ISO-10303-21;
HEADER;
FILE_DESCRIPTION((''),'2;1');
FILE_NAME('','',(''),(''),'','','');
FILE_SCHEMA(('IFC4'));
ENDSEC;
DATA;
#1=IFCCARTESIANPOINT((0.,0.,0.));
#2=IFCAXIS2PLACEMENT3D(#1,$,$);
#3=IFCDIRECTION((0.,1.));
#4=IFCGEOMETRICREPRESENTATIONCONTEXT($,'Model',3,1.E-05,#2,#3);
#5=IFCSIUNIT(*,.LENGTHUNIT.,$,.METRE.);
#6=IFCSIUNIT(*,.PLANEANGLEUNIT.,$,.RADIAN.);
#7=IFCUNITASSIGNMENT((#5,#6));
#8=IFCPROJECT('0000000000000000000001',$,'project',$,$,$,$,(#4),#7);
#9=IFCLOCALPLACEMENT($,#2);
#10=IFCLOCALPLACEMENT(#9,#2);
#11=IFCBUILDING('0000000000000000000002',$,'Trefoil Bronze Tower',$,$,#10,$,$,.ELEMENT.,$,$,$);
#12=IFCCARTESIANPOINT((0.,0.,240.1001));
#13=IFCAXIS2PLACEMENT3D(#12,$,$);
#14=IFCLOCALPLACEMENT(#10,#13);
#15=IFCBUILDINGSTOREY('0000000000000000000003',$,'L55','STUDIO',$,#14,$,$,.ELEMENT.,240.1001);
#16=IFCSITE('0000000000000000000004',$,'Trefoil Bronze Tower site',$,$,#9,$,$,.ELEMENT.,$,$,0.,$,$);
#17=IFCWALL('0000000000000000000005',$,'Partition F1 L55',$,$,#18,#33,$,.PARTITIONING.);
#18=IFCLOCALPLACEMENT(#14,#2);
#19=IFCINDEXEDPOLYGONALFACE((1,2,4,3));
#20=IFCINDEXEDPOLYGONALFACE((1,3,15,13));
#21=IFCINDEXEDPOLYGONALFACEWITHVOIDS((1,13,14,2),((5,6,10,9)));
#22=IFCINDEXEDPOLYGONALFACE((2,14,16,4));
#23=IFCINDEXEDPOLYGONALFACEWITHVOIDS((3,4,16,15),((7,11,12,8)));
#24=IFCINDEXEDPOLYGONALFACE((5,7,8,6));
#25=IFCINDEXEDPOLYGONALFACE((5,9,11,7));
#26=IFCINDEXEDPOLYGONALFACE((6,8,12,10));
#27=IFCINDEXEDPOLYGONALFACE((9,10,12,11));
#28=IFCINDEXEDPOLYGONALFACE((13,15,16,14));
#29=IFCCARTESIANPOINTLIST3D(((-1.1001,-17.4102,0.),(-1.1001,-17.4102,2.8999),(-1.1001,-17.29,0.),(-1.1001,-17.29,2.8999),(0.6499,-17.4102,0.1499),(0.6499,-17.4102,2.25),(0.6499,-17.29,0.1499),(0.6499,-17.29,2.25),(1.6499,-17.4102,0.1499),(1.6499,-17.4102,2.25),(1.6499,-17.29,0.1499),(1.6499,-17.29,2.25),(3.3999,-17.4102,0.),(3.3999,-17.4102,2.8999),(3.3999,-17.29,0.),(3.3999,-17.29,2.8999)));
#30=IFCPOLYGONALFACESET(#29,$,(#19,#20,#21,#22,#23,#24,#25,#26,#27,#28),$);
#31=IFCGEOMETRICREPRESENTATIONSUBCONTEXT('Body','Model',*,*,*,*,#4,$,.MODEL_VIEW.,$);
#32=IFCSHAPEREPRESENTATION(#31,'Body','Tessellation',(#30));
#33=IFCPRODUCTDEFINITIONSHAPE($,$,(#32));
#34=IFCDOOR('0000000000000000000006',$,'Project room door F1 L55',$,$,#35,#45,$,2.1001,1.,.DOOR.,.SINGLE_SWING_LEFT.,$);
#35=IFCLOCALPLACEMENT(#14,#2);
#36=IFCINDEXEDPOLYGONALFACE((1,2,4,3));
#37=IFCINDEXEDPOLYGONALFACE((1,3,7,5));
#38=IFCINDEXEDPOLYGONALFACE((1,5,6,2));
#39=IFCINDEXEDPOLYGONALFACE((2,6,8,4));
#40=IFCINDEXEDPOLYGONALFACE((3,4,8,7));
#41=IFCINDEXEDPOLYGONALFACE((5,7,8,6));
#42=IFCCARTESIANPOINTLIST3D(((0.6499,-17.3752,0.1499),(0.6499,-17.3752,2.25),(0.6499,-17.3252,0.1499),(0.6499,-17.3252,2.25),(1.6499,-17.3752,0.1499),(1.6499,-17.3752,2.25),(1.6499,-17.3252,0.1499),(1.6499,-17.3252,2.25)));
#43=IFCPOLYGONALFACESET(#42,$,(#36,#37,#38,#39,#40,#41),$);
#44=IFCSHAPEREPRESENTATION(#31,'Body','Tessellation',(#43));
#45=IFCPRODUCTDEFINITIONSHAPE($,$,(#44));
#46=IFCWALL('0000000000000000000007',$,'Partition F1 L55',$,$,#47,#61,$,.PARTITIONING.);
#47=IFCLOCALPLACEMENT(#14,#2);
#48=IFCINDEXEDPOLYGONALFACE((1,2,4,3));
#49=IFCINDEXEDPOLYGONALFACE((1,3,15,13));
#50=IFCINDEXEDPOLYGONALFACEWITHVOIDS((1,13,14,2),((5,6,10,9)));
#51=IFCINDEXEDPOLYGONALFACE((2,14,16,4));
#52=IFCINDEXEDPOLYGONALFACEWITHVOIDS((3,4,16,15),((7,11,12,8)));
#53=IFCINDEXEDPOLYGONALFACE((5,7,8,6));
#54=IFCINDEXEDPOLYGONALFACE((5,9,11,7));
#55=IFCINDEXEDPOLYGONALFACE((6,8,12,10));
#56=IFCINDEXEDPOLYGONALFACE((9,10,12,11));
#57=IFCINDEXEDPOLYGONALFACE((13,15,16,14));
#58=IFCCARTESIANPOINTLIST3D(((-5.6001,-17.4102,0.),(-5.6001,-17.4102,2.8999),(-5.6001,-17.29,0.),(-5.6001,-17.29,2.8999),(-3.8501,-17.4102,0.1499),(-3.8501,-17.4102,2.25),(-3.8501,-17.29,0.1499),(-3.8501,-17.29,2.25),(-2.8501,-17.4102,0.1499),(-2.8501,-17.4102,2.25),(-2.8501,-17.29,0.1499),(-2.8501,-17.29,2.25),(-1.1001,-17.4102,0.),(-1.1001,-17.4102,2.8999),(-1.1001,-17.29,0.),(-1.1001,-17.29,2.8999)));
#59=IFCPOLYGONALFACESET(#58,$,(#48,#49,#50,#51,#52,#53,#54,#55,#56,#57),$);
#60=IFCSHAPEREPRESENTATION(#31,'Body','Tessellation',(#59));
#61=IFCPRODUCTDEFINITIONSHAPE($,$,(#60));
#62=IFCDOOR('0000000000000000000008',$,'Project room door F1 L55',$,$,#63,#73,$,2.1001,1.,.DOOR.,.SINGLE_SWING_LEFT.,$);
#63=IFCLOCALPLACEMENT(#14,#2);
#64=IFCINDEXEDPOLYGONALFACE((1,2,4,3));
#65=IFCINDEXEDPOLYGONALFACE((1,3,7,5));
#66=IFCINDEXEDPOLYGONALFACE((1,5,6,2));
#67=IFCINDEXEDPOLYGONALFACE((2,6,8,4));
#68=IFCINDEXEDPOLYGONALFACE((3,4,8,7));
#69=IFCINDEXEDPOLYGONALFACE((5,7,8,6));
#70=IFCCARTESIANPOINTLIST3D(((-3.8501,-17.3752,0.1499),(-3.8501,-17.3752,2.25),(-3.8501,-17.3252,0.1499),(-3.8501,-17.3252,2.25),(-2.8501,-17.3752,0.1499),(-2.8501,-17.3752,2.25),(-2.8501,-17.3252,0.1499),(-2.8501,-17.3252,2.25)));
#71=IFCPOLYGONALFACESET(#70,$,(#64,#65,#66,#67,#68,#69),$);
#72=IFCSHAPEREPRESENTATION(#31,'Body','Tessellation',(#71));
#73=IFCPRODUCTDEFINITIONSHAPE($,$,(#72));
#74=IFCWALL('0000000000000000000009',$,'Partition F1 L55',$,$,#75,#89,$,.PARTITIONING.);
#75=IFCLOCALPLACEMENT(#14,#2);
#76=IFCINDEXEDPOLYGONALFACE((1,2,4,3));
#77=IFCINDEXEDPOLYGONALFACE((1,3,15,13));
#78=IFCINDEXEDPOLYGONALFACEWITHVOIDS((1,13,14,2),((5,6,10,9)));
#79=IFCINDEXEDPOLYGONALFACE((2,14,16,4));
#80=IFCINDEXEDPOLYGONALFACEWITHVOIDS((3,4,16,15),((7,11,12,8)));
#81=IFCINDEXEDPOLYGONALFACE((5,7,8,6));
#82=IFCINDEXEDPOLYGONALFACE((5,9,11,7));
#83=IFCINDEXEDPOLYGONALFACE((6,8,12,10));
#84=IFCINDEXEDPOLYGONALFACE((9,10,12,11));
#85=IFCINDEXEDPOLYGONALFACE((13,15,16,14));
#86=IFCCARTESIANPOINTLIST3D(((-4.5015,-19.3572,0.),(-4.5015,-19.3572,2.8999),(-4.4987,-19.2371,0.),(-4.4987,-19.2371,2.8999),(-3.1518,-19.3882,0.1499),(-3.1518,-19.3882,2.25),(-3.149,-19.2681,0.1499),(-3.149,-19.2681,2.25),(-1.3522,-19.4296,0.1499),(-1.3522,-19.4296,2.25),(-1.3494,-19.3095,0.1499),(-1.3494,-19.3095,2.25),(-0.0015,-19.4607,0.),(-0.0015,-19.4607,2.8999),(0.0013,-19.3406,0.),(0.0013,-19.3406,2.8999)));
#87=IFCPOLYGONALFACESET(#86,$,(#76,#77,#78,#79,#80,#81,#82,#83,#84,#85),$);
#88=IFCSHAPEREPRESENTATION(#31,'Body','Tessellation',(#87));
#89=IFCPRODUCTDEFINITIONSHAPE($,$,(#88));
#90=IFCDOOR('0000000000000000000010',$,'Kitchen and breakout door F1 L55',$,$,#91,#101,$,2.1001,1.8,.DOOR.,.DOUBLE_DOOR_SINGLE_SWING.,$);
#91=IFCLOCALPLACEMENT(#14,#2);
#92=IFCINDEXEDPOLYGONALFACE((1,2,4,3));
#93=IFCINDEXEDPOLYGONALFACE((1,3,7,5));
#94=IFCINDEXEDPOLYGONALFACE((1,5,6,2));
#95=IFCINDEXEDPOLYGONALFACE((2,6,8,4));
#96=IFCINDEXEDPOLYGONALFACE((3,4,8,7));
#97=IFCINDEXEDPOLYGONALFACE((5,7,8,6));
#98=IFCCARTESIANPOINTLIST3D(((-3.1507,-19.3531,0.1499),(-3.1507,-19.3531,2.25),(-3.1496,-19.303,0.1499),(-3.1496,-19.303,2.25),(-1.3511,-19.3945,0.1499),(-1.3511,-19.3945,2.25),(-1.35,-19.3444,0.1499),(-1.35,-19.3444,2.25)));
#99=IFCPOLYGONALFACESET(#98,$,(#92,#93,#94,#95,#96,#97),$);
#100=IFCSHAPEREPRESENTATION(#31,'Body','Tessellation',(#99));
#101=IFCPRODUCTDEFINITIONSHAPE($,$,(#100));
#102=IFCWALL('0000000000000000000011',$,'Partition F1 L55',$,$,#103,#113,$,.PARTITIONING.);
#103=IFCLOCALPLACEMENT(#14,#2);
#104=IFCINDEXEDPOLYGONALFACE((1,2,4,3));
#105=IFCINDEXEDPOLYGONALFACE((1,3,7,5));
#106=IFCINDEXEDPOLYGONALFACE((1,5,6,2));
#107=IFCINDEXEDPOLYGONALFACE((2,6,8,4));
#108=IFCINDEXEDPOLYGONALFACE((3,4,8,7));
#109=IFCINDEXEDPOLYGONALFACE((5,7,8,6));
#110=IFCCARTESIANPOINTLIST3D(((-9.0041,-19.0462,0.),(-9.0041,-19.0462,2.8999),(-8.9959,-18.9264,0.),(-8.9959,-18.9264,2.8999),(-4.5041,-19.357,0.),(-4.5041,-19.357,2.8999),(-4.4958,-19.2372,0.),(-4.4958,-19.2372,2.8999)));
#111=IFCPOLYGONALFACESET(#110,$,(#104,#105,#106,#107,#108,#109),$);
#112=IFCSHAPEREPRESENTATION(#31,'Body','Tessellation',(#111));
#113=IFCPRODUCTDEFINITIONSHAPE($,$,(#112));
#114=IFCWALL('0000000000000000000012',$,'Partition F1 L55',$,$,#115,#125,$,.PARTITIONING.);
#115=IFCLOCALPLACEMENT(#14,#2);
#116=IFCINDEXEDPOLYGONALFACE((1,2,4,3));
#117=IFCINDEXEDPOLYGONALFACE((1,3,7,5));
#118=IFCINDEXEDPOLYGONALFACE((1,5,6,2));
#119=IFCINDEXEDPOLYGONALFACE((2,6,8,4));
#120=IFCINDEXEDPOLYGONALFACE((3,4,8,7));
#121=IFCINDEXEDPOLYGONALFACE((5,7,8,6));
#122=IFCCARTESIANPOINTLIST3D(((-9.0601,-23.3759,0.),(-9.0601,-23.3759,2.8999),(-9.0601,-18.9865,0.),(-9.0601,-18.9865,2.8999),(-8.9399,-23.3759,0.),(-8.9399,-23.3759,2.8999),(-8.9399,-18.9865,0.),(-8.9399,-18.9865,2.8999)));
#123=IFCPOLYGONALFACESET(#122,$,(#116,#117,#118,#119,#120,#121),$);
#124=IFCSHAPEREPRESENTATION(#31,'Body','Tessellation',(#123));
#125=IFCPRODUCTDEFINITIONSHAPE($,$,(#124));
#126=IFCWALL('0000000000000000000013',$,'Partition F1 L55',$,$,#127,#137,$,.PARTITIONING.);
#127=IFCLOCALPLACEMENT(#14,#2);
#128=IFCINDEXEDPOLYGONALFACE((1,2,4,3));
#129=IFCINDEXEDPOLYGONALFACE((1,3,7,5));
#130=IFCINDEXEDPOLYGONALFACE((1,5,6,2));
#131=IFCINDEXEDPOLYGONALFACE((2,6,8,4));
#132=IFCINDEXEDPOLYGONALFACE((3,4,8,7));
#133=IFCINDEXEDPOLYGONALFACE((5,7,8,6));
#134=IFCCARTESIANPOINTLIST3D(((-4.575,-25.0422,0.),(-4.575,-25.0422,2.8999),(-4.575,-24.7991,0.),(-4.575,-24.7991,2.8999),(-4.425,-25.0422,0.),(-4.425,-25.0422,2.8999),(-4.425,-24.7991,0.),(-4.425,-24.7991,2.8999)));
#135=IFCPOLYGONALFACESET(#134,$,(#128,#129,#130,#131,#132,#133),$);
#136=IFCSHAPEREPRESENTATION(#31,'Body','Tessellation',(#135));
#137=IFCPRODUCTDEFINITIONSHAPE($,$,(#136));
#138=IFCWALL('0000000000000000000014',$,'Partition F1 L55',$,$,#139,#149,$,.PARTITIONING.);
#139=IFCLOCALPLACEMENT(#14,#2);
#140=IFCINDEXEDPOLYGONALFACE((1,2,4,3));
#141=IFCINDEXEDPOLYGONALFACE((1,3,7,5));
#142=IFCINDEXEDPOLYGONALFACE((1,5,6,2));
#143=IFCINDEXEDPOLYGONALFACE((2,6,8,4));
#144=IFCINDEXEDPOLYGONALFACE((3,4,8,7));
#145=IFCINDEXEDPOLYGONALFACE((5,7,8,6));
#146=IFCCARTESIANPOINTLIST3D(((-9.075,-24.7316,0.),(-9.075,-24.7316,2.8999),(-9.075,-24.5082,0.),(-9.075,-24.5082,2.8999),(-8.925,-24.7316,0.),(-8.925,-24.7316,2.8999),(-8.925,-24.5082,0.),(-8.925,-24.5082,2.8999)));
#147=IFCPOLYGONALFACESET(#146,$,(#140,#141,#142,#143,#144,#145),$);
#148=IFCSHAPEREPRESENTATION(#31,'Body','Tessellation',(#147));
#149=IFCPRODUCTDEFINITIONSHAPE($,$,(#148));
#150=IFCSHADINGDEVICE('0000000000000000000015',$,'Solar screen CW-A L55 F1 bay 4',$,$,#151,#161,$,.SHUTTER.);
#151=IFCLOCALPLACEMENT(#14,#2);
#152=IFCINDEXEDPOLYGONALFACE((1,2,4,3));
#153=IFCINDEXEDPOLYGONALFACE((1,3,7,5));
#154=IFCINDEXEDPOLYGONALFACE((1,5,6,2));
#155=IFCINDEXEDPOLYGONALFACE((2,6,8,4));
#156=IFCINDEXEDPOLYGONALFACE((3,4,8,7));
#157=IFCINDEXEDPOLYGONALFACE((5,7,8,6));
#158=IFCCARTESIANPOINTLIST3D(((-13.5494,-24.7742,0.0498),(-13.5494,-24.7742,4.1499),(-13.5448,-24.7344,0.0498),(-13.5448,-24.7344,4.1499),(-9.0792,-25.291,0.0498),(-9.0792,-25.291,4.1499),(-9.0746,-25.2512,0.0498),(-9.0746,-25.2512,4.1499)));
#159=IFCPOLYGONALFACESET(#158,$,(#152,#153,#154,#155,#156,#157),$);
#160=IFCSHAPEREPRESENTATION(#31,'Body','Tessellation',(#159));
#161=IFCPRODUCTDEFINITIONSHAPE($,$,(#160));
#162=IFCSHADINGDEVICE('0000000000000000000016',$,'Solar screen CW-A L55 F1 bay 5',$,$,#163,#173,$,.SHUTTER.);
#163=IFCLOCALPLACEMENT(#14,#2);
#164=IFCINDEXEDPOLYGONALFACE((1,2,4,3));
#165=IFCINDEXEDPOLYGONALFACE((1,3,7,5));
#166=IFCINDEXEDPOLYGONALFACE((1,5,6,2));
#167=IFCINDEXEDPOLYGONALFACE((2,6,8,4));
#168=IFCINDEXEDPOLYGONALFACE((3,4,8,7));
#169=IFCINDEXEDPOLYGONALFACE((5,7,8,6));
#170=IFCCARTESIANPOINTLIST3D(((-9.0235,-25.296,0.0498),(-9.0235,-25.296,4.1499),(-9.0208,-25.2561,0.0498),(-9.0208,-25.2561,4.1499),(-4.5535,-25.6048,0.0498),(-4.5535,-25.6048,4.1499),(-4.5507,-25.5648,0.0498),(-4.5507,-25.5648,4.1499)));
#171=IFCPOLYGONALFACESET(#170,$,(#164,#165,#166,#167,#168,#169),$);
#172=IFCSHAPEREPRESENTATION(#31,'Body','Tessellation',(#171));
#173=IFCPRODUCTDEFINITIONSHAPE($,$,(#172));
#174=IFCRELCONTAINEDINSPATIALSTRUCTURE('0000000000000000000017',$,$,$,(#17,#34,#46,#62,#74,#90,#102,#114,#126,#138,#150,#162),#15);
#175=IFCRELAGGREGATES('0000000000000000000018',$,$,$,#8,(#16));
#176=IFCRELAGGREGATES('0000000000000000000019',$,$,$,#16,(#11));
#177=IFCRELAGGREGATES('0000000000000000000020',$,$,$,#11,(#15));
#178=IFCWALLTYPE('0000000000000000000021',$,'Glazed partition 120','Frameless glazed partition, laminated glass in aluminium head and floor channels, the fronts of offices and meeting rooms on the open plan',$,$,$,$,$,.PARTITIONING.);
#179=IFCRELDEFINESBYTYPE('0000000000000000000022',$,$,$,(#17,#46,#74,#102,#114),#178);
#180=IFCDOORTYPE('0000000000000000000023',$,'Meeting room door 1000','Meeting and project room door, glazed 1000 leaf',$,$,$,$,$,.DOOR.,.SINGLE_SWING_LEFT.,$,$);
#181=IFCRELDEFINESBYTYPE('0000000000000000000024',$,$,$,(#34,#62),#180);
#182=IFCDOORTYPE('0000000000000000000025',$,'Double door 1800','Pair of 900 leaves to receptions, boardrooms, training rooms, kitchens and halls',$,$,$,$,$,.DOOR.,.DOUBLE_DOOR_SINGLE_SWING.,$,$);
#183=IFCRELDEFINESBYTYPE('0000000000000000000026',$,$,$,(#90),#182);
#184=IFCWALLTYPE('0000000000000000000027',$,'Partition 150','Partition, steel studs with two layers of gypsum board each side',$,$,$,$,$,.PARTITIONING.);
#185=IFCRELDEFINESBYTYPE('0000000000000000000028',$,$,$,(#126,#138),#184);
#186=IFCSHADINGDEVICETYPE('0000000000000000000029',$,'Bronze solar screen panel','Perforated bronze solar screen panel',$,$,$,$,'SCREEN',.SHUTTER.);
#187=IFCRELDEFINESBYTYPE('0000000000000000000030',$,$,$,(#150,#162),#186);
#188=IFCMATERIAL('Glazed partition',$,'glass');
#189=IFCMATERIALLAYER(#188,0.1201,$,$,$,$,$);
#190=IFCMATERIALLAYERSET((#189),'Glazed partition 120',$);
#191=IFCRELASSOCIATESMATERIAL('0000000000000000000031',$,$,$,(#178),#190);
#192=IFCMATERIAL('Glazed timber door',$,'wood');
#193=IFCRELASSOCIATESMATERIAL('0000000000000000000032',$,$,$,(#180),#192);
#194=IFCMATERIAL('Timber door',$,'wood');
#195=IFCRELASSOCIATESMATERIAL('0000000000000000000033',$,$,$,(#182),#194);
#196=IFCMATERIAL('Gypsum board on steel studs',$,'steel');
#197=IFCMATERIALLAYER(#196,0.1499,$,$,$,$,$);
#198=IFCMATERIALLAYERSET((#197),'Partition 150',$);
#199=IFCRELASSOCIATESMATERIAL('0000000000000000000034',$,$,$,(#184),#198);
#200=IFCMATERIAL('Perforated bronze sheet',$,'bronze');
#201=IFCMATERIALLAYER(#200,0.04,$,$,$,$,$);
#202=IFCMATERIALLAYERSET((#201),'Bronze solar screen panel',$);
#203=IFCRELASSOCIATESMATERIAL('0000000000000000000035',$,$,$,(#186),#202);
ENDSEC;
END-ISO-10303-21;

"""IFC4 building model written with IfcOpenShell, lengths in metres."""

from ifc_helpers import new_model, si_unit, direction, frame, frame_2d, origin, origin_2d, place, context, subcontext, project, spatial, rectangle, extrude, material, layer, layer_set, type_object, element, fill, save


model = new_model("IFC4")

# Units and contexts
model_context = context("Model", 3, precision=1e-05, world=origin(), true_north=direction((0.0, 1.0)))
body_context = subcontext(model_context, "Body", "Model", "MODEL_VIEW")
ifc_project = project(units=[si_unit("LENGTHUNIT", "METRE"), si_unit("PLANEANGLEUNIT", "RADIAN")], contexts=[model_context])

# Site, building, storey
site_placement = place(None, origin())
site = spatial("IfcSite", under=ifc_project, at=site_placement, Name="Trefoil Bronze Tower site", CompositionType="ELEMENT", RefElevation=0.0)
building_placement = place(site_placement, origin())
building = spatial("IfcBuilding", under=site, at=building_placement, Name="Trefoil Bronze Tower", CompositionType="ELEMENT")
storey_placement = place(building_placement, frame((0.0, 0.0, 240.1001)))
storey = spatial("IfcBuildingStorey", under=building, at=storey_placement, Name="L55", Description="STUDIO", CompositionType="ELEMENT", Elevation=240.1001)

# Walls, openings, doors
ifc_material_1 = material(Name="Glazed partition", Category="glass")
ifc_layer_1 = layer(ifc_material_1, 0.1201)
ifc_layer_set_1 = layer_set([ifc_layer_1], Name="Glazed partition 120")
wall_type_1 = type_object("IfcWallType", Name="Glazed partition 120", Description="Frameless glazed partition, laminated glass in aluminium head and floor channels, the fronts of offices and meeting rooms on the open plan", PredefinedType="PARTITIONING", material=ifc_layer_set_1)
wall_1_placement = place(storey_placement, frame((-1.1001, -17.3501, 0.0), z_axis=(0.0, 0.0, 1.0), x_axis=(1.0, 0.0, 0.0)))
wall_1 = element("IfcWall", 1, at=wall_1_placement, inside=storey, type_object=wall_type_1, Name="Partition F1 L55", PredefinedType="PARTITIONING", context=body_context, shape_type="SweptSolid", body=[
    extrude(rectangle(XDim=4.5, YDim=0.1201, at=frame_2d((2.25, 0.0))), origin(), (0.0, 0.0, 1.0), 2.8999),
])
opening_1_placement = place(wall_1_placement, frame((1.75, 0.0, 0.1499)))
opening_1 = element("IfcOpeningElement", 2, at=opening_1_placement, cuts=wall_1, PredefinedType="OPENING", context=body_context, shape_type="SweptSolid", body=[
    extrude(rectangle(XDim=1.0, YDim=2.1001, at=frame_2d((0.5, 1.05))), frame((0.0, 0.0701, 0.0), z_axis=(0.0, -1.0, 0.0), x_axis=(1.0, 0.0, 0.0)), (0.0, 0.0, 1.0), 0.1401),
])
ifc_material_2 = material(Name="Glazed timber door", Category="wood")
door_type_1 = type_object("IfcDoorType", Name="Meeting room door 1000", Description="Meeting and project room door, glazed 1000 leaf", OperationType="SINGLE_SWING_LEFT", PredefinedType="DOOR", material=ifc_material_2)
door_1_placement = place(opening_1_placement, origin())
door_1 = element("IfcDoor", 3, at=door_1_placement, inside=storey, type_object=door_type_1, Name="Project room door F1 L55", OperationType="SINGLE_SWING_LEFT", OverallHeight=2.1001, OverallWidth=1.0, PredefinedType="DOOR", context=body_context, shape_type="SweptSolid", body=[
    extrude(rectangle(XDim=1.0, YDim=2.1001, at=frame_2d((0.5, 1.05))), frame((0.0, 0.0249, 0.0), z_axis=(0.0, -1.0, 0.0), x_axis=(1.0, 0.0, 0.0)), (0.0, 0.0, 1.0), 0.05),
])
fill(opening_1, door_1)
wall_2_placement = place(storey_placement, frame((-5.6001, -17.3501, 0.0), z_axis=(0.0, 0.0, 1.0), x_axis=(1.0, 0.0, 0.0)))
wall_2 = element("IfcWall", 4, at=wall_2_placement, inside=storey, type_object=wall_type_1, Name="Partition F1 L55", PredefinedType="PARTITIONING", context=body_context, shape_type="SweptSolid", body=[
    extrude(rectangle(XDim=4.5, YDim=0.1201, at=frame_2d((2.25, 0.0))), origin(), (0.0, 0.0, 1.0), 2.8999),
])
opening_2_placement = place(wall_2_placement, frame((1.75, 0.0, 0.1499)))
opening_2 = element("IfcOpeningElement", 5, at=opening_2_placement, cuts=wall_2, PredefinedType="OPENING", context=body_context, shape_type="SweptSolid", body=[
    extrude(rectangle(XDim=1.0, YDim=2.1001, at=frame_2d((0.5, 1.05))), frame((0.0, 0.0701, 0.0), z_axis=(0.0, -1.0, 0.0), x_axis=(1.0, 0.0, 0.0)), (0.0, 0.0, 1.0), 0.1401),
])
door_2_placement = place(opening_2_placement, origin())
door_2 = element("IfcDoor", 6, at=door_2_placement, inside=storey, type_object=door_type_1, Name="Project room door F1 L55", OperationType="SINGLE_SWING_LEFT", OverallHeight=2.1001, OverallWidth=1.0, PredefinedType="DOOR", context=body_context, shape_type="SweptSolid", body=[
    extrude(rectangle(XDim=1.0, YDim=2.1001, at=frame_2d((0.5, 1.05))), frame((0.0, 0.0249, 0.0), z_axis=(0.0, -1.0, 0.0), x_axis=(1.0, 0.0, 0.0)), (0.0, 0.0, 1.0), 0.05),
])
fill(opening_2, door_2)
wall_3_placement = place(storey_placement, frame((-4.5, -19.2971, 0.0), z_axis=(0.0, 0.0, 1.0), x_axis=(0.999736, -0.022997, 0.0)))
wall_3 = element("IfcWall", 7, at=wall_3_placement, inside=storey, type_object=wall_type_1, Name="Partition F1 L55", PredefinedType="PARTITIONING", context=body_context, shape_type="SweptSolid", body=[
    extrude(rectangle(XDim=4.5012, YDim=0.1201, at=frame_2d((2.2505, 0.0))), origin(), (0.0, 0.0, 1.0), 2.8999),
])
opening_3_placement = place(wall_3_placement, frame((1.3501, 0.0, 0.1499)))
opening_3 = element("IfcOpeningElement", 8, at=opening_3_placement, cuts=wall_3, PredefinedType="OPENING", context=body_context, shape_type="SweptSolid", body=[
    extrude(rectangle(XDim=1.8, YDim=2.1001, at=frame_2d((0.8999, 1.05))), frame((0.0, 0.0701, 0.0), z_axis=(0.0, -1.0, 0.0), x_axis=(1.0, 0.0, 0.0)), (0.0, 0.0, 1.0), 0.1401),
])
ifc_material_3 = material(Name="Timber door", Category="wood")
door_type_2 = type_object("IfcDoorType", Name="Double door 1800", Description="Pair of 900 leaves to receptions, boardrooms, training rooms, kitchens and halls", OperationType="DOUBLE_DOOR_SINGLE_SWING", PredefinedType="DOOR", material=ifc_material_3)
door_3_placement = place(opening_3_placement, frame((1.8, 0.0, 0.0), z_axis=(0.0, 0.0, 1.0), x_axis=(-1.0, 0.0, 0.0)))
door_3 = element("IfcDoor", 9, at=door_3_placement, inside=storey, type_object=door_type_2, Name="Kitchen and breakout door F1 L55", OperationType="DOUBLE_DOOR_SINGLE_SWING", OverallHeight=2.1001, OverallWidth=1.8, PredefinedType="DOOR", context=body_context, shape_type="SweptSolid", body=[
    extrude(rectangle(XDim=1.8, YDim=2.1001, at=frame_2d((0.8999, 1.05))), frame((0.0, 0.0249, 0.0), z_axis=(0.0, -1.0, 0.0), x_axis=(1.0, 0.0, 0.0)), (0.0, 0.0, 1.0), 0.05),
])
fill(opening_3, door_3)

# Walls
wall_4_placement = place(storey_placement, frame((-9.0, -18.9863, 0.0), z_axis=(0.0, 0.0, 1.0), x_axis=(0.997624, -0.068901, 0.0)))
element("IfcWall", 10, at=wall_4_placement, inside=storey, type_object=wall_type_1, Name="Partition F1 L55", PredefinedType="PARTITIONING", context=body_context, shape_type="SweptSolid", body=[
    extrude(rectangle(XDim=4.5107, YDim=0.1201, at=frame_2d((2.2554, 0.0))), origin(), (0.0, 0.0, 1.0), 2.8999),
])
wall_5_placement = place(storey_placement, frame((-9.0, -18.9863, 0.0), z_axis=(0.0, 0.0, 1.0), x_axis=(0.0, -1.0, 0.0)))
element("IfcWall", 11, at=wall_5_placement, inside=storey, type_object=wall_type_1, Name="Partition F1 L55", PredefinedType="PARTITIONING", context=body_context, shape_type="SweptSolid", body=[
    extrude(rectangle(XDim=4.3894, YDim=0.1201, at=frame_2d((2.1948, 0.0))), origin(), (0.0, 0.0, 1.0), 2.8999),
])
ifc_material_4 = material(Name="Gypsum board on steel studs", Category="steel")
ifc_layer_2 = layer(ifc_material_4, 0.1499)
ifc_layer_set_2 = layer_set([ifc_layer_2], Name="Partition 150")
wall_type_2 = type_object("IfcWallType", Name="Partition 150", Description="Partition, steel studs with two layers of gypsum board each side", PredefinedType="PARTITIONING", material=ifc_layer_set_2)
wall_6_placement = place(storey_placement, frame((-4.5, -24.7991, 0.0), z_axis=(0.0, 0.0, 1.0), x_axis=(0.0, -1.0, 0.0)))
element("IfcWall", 12, at=wall_6_placement, inside=storey, type_object=wall_type_2, Name="Partition F1 L55", PredefinedType="PARTITIONING", context=body_context, shape_type="SweptSolid", body=[
    extrude(rectangle(XDim=0.2432, YDim=0.1499, at=frame_2d((0.1216, 0.0))), origin(), (0.0, 0.0, 1.0), 2.8999),
])
wall_7_placement = place(storey_placement, frame((-9.0, -24.5081, 0.0), z_axis=(0.0, 0.0, 1.0), x_axis=(0.0, -1.0, 0.0)))
element("IfcWall", 13, at=wall_7_placement, inside=storey, type_object=wall_type_2, Name="Partition F1 L55", PredefinedType="PARTITIONING", context=body_context, shape_type="SweptSolid", body=[
    extrude(rectangle(XDim=0.2234, YDim=0.1499, at=frame_2d((0.1118, 0.0))), origin(), (0.0, 0.0, 1.0), 2.8999),
])

# Shading devices
ifc_material_5 = material(Name="Perforated bronze sheet", Category="bronze")
ifc_layer_3 = layer(ifc_material_5, 0.04)
ifc_layer_set_3 = layer_set([ifc_layer_3], Name="Bronze solar screen panel")
shading_device_type = type_object("IfcShadingDeviceType", Name="Bronze solar screen panel", Description="Perforated bronze solar screen panel", ElementType="SCREEN", PredefinedType="SHUTTER", material=ifc_layer_set_3)
shading_device_1_placement = place(storey_placement, frame((-11.312, -25.0127, 0.0498), z_axis=(0.0, 0.0, 1.0), x_axis=(0.993382, -0.114859, 0.0)))
element("IfcShadingDevice", 14, at=shading_device_1_placement, inside=storey, type_object=shading_device_type, Name="Solar screen CW-A L55 F1 bay 4", PredefinedType="SHUTTER", context=body_context, shape_type="SweptSolid", body=[
    extrude(rectangle(XDim=4.5, YDim=0.04, at=origin_2d()), origin(), (0.0, 0.0, 1.0), 4.1001),
])
shading_device_2_placement = place(storey_placement, frame((-6.7871, -25.4304, 0.0498), z_axis=(0.0, 0.0, 1.0), x_axis=(0.997623, -0.068915, 0.0)))
element("IfcShadingDevice", 15, at=shading_device_2_placement, inside=storey, type_object=shading_device_type, Name="Solar screen CW-A L55 F1 bay 5", PredefinedType="SHUTTER", context=body_context, shape_type="SweptSolid", body=[
    extrude(rectangle(XDim=4.4807, YDim=0.04, at=origin_2d()), origin(), (0.0, 0.0, 1.0), 4.1001),
])

save(model, "model.ifc")
